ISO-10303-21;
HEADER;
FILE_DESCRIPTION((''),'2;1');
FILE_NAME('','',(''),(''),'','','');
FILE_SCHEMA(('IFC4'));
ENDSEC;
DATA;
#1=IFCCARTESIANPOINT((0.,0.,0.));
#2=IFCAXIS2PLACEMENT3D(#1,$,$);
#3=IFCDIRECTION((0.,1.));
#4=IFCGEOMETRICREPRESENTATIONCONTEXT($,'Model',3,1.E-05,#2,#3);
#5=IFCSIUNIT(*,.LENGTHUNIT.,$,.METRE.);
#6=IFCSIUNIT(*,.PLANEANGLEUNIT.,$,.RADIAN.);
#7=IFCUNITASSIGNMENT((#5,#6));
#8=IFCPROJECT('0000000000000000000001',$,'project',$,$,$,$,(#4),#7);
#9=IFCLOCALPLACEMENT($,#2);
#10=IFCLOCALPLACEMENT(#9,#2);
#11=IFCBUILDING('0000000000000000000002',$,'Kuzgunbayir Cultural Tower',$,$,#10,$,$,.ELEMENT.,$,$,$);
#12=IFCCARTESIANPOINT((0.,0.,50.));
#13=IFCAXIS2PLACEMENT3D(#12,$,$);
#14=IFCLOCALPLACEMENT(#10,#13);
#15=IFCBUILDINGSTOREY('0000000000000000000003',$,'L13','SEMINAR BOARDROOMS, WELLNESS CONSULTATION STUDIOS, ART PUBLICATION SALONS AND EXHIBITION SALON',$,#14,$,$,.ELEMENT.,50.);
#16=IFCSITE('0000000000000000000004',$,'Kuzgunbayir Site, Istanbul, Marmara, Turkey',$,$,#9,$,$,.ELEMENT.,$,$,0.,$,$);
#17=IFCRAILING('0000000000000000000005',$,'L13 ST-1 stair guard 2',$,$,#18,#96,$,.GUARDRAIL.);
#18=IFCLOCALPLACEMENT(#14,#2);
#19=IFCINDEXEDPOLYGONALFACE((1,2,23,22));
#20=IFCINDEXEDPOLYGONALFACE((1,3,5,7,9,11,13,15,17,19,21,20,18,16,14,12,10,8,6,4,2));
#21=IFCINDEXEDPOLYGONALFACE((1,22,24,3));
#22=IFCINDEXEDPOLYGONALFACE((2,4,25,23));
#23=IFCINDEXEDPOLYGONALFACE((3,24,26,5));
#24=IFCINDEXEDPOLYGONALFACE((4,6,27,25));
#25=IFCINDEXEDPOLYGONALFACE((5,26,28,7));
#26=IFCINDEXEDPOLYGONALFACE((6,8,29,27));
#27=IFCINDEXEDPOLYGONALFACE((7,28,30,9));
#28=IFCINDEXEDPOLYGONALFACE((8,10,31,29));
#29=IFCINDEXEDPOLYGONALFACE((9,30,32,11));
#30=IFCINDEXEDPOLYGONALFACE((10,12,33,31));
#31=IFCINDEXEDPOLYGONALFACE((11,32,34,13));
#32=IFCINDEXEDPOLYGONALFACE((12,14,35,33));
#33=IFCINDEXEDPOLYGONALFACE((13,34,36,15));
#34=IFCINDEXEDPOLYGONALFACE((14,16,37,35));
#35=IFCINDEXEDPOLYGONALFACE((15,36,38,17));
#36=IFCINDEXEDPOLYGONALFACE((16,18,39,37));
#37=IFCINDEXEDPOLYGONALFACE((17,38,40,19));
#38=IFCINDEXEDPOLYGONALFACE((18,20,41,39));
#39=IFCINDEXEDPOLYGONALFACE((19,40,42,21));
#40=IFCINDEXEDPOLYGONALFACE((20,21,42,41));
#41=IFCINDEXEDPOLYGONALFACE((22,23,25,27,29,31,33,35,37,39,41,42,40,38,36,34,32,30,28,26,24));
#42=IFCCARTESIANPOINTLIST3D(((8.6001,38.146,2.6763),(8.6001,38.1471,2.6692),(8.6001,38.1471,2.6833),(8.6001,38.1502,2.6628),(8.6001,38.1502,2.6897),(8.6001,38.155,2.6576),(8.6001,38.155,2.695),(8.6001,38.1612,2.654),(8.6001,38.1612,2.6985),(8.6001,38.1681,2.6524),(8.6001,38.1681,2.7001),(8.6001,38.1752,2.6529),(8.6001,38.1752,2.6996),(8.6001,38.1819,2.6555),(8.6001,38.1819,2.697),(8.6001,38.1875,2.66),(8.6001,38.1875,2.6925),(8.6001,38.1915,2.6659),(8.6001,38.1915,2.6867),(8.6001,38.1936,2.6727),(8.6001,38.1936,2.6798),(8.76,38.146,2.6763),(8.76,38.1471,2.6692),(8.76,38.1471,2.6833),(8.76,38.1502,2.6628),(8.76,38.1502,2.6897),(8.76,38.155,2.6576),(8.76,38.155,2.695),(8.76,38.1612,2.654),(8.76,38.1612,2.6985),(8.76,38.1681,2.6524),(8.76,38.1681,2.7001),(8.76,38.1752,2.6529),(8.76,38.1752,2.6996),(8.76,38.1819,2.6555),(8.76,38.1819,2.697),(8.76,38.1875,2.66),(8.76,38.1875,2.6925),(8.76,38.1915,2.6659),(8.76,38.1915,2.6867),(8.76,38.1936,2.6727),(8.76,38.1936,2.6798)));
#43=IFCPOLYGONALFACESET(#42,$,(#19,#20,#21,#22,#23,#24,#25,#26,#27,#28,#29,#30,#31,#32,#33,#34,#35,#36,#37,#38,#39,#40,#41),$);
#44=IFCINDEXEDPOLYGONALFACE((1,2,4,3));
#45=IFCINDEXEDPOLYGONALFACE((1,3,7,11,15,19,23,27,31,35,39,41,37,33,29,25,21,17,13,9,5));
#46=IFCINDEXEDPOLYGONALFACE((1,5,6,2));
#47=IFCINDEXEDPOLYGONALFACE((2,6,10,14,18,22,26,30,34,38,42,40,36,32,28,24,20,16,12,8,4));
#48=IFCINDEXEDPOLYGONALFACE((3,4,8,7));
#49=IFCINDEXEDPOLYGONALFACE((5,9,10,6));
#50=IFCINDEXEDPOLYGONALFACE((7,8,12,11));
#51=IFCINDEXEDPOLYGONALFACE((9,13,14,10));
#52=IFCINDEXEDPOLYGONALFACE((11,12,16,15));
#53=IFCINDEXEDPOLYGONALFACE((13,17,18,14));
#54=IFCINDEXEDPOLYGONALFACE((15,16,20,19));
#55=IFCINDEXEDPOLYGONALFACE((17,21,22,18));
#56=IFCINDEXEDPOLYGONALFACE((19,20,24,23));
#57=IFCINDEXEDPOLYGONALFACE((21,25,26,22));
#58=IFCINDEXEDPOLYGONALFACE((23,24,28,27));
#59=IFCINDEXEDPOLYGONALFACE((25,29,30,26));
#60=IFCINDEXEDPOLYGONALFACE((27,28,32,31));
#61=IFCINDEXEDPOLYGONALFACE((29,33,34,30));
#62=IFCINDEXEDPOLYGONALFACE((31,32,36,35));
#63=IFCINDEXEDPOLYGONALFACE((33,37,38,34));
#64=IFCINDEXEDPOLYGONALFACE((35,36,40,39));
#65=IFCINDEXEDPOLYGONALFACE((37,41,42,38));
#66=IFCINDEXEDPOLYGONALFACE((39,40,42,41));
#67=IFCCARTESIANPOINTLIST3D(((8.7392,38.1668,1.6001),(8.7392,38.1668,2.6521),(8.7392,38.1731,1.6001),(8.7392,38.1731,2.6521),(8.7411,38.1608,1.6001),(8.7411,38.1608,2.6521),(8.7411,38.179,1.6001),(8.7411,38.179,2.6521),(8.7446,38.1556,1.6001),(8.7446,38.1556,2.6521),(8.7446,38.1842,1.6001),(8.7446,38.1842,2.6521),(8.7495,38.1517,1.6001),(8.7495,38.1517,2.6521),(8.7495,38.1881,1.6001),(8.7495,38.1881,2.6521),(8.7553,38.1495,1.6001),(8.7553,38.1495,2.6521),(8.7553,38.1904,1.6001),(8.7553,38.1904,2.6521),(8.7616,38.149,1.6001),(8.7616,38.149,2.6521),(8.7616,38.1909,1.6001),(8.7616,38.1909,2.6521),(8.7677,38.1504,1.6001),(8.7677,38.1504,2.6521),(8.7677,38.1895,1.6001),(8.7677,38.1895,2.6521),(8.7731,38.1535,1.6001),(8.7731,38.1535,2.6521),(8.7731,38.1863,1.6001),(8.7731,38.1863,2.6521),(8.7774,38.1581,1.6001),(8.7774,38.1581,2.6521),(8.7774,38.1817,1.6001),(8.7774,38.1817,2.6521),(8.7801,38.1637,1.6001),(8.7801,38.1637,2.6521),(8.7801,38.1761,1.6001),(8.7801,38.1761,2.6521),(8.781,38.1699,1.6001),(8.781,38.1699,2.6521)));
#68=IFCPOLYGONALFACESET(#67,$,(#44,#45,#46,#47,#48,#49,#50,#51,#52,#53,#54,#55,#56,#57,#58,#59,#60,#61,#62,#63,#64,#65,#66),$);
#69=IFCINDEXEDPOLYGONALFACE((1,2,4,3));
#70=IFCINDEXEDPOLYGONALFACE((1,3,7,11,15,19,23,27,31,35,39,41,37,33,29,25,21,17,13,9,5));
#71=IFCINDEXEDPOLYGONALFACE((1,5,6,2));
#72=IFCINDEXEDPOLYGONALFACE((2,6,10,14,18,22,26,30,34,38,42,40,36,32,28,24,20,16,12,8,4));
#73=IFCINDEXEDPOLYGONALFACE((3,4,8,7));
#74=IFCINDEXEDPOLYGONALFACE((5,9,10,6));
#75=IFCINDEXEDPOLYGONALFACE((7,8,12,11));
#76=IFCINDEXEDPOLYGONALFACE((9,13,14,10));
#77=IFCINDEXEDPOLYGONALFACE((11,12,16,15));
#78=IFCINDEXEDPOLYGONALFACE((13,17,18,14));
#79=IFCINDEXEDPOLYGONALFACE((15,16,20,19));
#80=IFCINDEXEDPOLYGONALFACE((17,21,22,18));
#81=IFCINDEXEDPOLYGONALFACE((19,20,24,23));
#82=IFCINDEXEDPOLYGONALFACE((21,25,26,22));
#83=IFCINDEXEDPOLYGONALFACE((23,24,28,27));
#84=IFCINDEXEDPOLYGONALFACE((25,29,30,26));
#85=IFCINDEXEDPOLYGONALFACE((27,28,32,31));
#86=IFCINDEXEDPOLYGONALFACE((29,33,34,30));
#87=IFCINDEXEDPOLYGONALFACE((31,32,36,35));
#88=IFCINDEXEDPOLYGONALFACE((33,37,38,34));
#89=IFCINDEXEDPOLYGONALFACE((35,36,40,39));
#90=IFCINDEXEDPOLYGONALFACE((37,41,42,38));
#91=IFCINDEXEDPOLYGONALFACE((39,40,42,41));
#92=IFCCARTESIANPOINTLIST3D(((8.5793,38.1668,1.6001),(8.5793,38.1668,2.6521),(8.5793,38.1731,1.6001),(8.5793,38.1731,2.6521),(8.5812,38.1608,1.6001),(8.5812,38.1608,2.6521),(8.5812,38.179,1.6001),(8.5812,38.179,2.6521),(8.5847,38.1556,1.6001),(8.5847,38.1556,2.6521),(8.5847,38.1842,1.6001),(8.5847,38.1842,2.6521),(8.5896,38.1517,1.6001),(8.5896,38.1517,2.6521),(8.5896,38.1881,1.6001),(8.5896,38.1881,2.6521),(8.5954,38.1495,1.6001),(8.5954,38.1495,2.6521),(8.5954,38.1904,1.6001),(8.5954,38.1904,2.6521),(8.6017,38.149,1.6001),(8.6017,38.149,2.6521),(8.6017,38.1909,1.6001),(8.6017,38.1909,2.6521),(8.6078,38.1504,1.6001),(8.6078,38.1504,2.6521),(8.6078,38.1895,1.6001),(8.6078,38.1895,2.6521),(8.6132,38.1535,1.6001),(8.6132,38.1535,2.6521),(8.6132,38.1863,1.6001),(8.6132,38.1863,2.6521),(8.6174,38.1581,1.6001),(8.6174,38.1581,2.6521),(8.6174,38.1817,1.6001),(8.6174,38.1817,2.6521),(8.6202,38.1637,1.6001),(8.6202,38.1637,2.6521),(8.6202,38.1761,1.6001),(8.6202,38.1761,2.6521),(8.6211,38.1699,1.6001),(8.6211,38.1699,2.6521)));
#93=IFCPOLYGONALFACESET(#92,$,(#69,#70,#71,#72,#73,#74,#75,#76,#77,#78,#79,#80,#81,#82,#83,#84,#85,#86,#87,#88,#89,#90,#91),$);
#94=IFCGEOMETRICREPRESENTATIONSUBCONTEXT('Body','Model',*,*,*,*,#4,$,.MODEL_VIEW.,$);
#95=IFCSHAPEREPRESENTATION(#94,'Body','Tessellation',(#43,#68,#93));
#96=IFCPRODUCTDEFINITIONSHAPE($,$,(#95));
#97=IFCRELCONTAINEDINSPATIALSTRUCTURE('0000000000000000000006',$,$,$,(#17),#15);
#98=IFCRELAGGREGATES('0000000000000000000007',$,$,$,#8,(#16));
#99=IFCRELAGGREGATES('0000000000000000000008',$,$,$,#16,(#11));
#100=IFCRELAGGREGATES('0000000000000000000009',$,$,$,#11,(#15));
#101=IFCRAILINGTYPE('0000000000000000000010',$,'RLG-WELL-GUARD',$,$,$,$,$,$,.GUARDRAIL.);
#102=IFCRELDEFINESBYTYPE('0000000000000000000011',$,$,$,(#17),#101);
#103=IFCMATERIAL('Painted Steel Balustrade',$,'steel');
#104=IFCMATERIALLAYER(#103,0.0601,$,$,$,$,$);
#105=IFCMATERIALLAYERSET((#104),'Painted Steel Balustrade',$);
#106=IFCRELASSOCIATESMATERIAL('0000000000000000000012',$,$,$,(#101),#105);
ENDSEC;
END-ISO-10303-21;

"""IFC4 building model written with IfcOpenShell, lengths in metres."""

from ifc_helpers import new_model, si_unit, direction, frame, origin, origin_2d, place, context, subcontext, project, spatial, circle, extrude, material, layer, layer_set, type_object, element, save


model = new_model("IFC4")

# Units and contexts
model_context = context("Model", 3, precision=1e-05, world=origin(), true_north=direction((0.0, 1.0)))
body_context = subcontext(model_context, "Body", "Model", "MODEL_VIEW")
ifc_project = project(units=[si_unit("LENGTHUNIT", "METRE"), si_unit("PLANEANGLEUNIT", "RADIAN")], contexts=[model_context])

# Site, building, storey
site_placement = place(None, origin())
site = spatial("IfcSite", under=ifc_project, at=site_placement, Name="Kuzgunbayir Site, Istanbul, Marmara, Turkey", CompositionType="ELEMENT", RefElevation=0.0)
building_placement = place(site_placement, origin())
building = spatial("IfcBuilding", under=site, at=building_placement, Name="Kuzgunbayir Cultural Tower", CompositionType="ELEMENT")
storey_placement = place(building_placement, frame((0.0, 0.0, 50.0)))
storey = spatial("IfcBuildingStorey", under=building, at=storey_placement, Name="L13", Description="SEMINAR BOARDROOMS, WELLNESS CONSULTATION STUDIOS, ART PUBLICATION SALONS AND EXHIBITION SALON", CompositionType="ELEMENT", Elevation=50.0)

# Railing
ifc_material_1 = material(Name="Painted Steel Balustrade", Category="steel")
ifc_layer_1 = layer(ifc_material_1, 0.0601)
ifc_layer_set_1 = layer_set([ifc_layer_1], Name="Painted Steel Balustrade")
railing_type_1 = type_object("IfcRailingType", Name="RLG-WELL-GUARD", PredefinedType="GUARDRAIL", material=ifc_layer_set_1)
railing_1_placement = place(storey_placement, frame((8.76, 38.1699, 1.6001)))
element("IfcRailing", 1, at=railing_1_placement, inside=storey, type_object=railing_type_1, Name="L13 ST-1 stair guard 2", PredefinedType="GUARDRAIL", context=body_context, shape_type="SweptSolid", body=[
    extrude(circle(Radius=0.0239, at=origin_2d()), frame((0.0, 0.0, 1.0762), z_axis=(-1.0, 0.0, 0.0), x_axis=(0.0, -1.0, 0.0)), (0.0, 0.0, 1.0), 0.1599),
    extrude(circle(Radius=0.021, at=origin_2d()), origin(), (0.0, 0.0, 1.0), 1.052),
    extrude(circle(Radius=0.021, at=origin_2d()), frame((-0.1599, 0.0, 0.0)), (0.0, 0.0, 1.0), 1.052),
])

save(model, "model.ifc")
